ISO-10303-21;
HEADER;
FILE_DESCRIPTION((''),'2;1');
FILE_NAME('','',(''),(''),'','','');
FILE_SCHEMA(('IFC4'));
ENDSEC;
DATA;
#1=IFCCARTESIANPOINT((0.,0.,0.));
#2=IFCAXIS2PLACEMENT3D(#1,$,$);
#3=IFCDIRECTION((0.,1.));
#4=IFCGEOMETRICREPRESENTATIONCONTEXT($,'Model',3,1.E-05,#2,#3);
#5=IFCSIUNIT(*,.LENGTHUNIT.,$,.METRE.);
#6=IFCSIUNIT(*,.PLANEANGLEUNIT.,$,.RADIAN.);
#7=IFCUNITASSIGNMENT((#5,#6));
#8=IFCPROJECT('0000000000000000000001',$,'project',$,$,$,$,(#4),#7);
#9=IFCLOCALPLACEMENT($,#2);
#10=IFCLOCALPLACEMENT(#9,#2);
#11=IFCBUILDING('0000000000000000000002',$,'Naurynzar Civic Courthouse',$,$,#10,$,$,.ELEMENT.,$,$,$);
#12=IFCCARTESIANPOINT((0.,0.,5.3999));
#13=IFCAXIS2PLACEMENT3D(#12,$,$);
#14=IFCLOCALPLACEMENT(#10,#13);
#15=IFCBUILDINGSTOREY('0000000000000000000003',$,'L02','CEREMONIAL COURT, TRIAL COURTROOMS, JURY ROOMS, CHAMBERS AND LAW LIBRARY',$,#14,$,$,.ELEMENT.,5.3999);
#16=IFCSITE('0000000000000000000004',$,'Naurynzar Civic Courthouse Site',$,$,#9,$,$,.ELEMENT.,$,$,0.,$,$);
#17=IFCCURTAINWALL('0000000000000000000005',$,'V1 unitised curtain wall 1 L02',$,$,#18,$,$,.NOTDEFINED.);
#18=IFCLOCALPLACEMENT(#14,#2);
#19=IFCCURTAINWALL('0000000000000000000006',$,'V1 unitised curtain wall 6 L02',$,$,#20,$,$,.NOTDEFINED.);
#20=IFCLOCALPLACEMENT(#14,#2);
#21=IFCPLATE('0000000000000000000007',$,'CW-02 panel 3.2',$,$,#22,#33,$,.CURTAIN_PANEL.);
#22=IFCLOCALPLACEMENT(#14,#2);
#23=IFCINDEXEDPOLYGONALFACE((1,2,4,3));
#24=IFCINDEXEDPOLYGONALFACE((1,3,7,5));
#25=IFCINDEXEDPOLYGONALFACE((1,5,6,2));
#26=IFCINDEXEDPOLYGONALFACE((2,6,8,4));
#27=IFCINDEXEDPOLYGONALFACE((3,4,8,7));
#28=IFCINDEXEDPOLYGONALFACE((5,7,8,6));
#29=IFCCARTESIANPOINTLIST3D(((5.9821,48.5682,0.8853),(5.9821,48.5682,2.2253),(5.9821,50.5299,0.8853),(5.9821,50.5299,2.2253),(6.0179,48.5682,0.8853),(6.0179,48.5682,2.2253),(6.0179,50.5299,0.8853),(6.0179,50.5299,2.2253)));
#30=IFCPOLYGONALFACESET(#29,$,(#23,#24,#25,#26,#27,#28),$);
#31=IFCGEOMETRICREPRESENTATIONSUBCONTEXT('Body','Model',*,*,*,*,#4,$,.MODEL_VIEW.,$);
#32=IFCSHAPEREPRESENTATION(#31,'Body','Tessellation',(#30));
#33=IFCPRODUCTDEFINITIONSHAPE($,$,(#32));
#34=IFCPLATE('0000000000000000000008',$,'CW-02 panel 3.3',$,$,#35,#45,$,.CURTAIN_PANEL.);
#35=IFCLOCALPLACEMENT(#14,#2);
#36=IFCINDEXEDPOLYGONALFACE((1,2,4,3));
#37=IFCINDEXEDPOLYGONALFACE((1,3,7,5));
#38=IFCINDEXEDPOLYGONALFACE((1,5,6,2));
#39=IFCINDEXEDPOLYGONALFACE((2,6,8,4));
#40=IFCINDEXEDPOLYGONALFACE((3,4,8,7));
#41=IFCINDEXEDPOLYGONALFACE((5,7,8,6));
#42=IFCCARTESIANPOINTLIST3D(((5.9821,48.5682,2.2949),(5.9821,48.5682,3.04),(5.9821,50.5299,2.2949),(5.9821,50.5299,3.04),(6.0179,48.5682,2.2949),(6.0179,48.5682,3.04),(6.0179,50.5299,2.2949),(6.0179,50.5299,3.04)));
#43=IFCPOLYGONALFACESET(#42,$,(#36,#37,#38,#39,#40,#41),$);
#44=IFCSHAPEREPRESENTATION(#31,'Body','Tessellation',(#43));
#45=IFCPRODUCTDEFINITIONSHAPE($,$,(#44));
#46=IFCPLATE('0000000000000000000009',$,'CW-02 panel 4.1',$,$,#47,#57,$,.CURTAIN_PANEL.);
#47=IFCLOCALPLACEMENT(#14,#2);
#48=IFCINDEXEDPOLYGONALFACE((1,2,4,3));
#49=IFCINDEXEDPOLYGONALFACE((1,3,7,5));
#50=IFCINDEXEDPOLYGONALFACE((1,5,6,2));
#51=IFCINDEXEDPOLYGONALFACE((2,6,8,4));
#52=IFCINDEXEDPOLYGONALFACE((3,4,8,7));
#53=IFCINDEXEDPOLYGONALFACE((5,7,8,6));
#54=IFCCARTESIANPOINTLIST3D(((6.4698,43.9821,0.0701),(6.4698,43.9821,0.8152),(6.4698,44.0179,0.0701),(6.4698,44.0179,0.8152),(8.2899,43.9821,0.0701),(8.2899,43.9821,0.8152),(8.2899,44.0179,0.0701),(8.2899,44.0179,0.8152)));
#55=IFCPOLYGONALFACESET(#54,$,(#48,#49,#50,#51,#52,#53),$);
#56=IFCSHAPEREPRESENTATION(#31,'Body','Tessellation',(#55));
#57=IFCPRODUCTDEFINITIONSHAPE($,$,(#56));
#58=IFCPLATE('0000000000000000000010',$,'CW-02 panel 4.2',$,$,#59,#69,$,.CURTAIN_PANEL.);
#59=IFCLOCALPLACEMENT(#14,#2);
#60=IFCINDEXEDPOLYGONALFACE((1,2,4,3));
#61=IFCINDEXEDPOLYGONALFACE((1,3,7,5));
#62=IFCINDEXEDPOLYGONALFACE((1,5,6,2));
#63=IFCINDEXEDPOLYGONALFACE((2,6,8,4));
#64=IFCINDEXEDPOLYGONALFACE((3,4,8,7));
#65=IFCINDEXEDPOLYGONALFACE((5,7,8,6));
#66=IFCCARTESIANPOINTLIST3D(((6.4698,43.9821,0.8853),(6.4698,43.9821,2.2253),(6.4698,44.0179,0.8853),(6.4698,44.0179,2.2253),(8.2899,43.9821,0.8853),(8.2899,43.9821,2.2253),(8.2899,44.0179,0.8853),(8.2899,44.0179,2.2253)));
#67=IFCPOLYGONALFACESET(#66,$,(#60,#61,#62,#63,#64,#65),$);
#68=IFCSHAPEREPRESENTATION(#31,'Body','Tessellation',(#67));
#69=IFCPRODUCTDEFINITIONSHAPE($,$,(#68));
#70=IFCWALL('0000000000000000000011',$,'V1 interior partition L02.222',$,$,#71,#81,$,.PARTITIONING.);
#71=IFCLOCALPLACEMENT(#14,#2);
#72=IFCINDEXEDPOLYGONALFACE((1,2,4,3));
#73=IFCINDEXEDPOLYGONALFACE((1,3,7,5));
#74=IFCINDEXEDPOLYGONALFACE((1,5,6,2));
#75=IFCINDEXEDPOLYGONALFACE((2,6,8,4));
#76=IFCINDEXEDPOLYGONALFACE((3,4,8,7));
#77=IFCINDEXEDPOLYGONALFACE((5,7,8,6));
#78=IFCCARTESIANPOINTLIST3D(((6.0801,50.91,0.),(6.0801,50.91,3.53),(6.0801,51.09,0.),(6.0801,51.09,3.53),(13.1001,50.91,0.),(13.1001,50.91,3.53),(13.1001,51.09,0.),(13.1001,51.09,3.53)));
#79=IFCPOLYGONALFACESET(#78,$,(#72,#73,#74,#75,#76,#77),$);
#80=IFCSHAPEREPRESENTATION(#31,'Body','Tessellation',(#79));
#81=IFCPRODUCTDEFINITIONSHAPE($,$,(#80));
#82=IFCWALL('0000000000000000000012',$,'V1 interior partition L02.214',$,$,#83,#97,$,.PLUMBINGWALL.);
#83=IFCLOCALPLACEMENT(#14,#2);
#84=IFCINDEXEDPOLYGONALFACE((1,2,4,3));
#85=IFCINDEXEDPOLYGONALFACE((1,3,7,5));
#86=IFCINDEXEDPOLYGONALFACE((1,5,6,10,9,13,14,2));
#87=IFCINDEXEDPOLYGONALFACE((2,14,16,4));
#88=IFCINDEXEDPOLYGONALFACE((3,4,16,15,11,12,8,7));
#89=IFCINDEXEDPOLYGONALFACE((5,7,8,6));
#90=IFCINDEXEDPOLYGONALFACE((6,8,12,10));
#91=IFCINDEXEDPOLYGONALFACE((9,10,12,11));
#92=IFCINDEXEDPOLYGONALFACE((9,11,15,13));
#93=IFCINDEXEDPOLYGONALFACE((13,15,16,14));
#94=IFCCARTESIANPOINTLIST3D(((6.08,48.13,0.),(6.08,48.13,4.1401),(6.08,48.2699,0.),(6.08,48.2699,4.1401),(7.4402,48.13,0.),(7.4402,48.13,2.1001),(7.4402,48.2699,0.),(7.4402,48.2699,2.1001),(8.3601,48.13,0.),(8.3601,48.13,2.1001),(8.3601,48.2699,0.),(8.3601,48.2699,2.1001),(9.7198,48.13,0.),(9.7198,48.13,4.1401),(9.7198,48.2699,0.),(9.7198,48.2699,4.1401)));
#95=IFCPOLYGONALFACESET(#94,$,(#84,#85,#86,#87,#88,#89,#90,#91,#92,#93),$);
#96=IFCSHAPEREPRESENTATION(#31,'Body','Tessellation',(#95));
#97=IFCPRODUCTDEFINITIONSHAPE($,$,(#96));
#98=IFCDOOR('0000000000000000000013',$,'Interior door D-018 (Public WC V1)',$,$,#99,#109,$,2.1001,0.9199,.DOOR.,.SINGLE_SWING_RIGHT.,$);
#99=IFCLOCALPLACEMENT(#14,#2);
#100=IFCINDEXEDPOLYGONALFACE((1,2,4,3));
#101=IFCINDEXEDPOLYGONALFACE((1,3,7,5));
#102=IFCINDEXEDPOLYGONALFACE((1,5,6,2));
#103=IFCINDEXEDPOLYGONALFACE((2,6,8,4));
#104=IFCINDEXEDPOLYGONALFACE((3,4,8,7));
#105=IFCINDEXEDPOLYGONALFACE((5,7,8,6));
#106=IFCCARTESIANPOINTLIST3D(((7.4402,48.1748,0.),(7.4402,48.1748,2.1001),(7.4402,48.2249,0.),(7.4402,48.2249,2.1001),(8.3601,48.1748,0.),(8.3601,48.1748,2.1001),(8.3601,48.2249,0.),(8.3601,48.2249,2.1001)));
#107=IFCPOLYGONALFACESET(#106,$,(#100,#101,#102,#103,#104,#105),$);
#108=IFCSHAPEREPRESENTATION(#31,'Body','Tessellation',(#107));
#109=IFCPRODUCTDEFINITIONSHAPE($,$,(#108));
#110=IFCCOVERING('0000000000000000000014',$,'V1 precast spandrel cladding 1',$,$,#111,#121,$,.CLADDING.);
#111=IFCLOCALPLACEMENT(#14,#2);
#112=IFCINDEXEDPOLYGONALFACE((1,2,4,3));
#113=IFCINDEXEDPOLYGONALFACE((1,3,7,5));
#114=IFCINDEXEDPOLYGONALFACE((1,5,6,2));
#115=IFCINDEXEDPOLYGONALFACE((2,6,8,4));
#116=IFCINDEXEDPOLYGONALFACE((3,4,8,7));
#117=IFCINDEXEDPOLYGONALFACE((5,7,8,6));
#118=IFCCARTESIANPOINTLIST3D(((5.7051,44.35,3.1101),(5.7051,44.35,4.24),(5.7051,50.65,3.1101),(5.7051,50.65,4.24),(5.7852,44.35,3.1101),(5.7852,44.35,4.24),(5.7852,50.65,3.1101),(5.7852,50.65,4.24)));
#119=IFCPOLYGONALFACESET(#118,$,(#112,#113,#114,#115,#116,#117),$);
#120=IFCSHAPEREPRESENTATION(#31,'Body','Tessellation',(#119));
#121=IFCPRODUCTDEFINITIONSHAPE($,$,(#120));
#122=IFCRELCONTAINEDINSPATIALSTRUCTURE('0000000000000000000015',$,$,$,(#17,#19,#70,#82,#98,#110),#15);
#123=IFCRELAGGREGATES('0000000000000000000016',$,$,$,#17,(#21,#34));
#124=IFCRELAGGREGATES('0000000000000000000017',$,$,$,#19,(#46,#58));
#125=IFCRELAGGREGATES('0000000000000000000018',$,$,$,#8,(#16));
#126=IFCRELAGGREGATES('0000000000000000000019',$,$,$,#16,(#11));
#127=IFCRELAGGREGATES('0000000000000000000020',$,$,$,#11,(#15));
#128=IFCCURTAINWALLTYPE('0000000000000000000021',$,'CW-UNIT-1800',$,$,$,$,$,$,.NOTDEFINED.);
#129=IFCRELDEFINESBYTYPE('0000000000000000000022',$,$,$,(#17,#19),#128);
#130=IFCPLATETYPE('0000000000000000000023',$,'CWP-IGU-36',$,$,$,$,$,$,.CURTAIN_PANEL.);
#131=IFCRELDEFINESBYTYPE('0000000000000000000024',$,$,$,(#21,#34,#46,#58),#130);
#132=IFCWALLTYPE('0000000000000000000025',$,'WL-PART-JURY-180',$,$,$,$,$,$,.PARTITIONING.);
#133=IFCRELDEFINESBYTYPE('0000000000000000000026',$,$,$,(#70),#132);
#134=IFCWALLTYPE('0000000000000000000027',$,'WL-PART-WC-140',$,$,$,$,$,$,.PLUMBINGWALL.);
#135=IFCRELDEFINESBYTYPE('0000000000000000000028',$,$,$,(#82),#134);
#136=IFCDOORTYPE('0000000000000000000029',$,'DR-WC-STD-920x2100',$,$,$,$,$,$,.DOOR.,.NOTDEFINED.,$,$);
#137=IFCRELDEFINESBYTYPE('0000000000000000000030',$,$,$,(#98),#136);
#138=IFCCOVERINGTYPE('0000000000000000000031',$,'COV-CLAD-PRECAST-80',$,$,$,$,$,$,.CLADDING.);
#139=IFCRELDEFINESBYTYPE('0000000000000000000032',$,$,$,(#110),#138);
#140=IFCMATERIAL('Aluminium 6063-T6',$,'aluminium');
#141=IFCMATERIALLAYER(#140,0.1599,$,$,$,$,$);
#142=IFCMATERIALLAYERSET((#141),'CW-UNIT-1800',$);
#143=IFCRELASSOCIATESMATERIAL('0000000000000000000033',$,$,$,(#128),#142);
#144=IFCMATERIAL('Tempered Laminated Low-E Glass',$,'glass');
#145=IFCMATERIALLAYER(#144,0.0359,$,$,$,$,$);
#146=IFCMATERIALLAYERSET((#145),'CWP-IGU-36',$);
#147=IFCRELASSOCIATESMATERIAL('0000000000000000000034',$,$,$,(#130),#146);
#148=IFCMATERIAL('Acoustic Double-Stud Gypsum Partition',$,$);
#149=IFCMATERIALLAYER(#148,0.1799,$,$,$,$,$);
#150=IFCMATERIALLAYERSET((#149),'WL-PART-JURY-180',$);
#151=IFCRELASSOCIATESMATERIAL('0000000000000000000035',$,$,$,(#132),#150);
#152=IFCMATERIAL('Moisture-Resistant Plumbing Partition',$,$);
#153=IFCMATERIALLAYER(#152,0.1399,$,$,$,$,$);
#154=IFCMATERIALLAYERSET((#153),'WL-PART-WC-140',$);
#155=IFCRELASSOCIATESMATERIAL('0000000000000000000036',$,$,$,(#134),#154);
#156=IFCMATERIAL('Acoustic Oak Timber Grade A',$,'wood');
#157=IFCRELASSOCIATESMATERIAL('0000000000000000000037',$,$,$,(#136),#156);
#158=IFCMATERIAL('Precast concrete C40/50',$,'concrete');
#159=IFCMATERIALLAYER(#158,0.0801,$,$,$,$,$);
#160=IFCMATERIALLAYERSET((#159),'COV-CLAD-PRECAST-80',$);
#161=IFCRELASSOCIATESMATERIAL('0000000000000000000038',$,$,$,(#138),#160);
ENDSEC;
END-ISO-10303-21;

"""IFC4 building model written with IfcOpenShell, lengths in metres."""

from ifc_helpers import new_model, si_unit, direction, frame, frame_2d, origin, origin_2d, place, context, subcontext, project, spatial, rectangle, extrude, material, layer, layer_set, type_object, element, fill, aggregate, save


model = new_model("IFC4")

# Units and contexts
model_context = context("Model", 3, precision=1e-05, world=origin(), true_north=direction((0.0, 1.0)))
body_context = subcontext(model_context, "Body", "Model", "MODEL_VIEW")
ifc_project = project(units=[si_unit("LENGTHUNIT", "METRE"), si_unit("PLANEANGLEUNIT", "RADIAN")], contexts=[model_context])

# Site, building, storey
site_placement = place(None, origin())
site = spatial("IfcSite", under=ifc_project, at=site_placement, Name="Naurynzar Civic Courthouse Site", CompositionType="ELEMENT", RefElevation=0.0)
building_placement = place(site_placement, origin())
building = spatial("IfcBuilding", under=site, at=building_placement, Name="Naurynzar Civic Courthouse", CompositionType="ELEMENT")
storey_placement = place(building_placement, frame((0.0, 0.0, 5.3999)))
storey = spatial("IfcBuildingStorey", under=building, at=storey_placement, Name="L02", Description="CEREMONIAL COURT, TRIAL COURTROOMS, JURY ROOMS, CHAMBERS AND LAW LIBRARY", CompositionType="ELEMENT", Elevation=5.3999)

# Curtain wall
ifc_material_1 = material(Name="Aluminium 6063-T6", Category="aluminium")
ifc_layer_1 = layer(ifc_material_1, 0.1599)
ifc_layer_set_1 = layer_set([ifc_layer_1], Name="CW-UNIT-1800")
curtain_wall_type = type_object("IfcCurtainWallType", Name="CW-UNIT-1800", PredefinedType="NOTDEFINED", material=ifc_layer_set_1)
curtain_wall_1_placement = place(storey_placement, origin())
curtain_wall_1 = element("IfcCurtainWall", 1, at=curtain_wall_1_placement, inside=storey, type_object=curtain_wall_type, Name="V1 unitised curtain wall 1 L02", PredefinedType="NOTDEFINED")

# Curtain wall
curtain_wall_2_placement = place(storey_placement, origin())
curtain_wall_2 = element("IfcCurtainWall", 2, at=curtain_wall_2_placement, inside=storey, type_object=curtain_wall_type, Name="V1 unitised curtain wall 6 L02", PredefinedType="NOTDEFINED")

# Plates
ifc_material_2 = material(Name="Tempered Laminated Low-E Glass", Category="glass")
ifc_layer_2 = layer(ifc_material_2, 0.0359)
ifc_layer_set_2 = layer_set([ifc_layer_2], Name="CWP-IGU-36")
plate_type = type_object("IfcPlateType", Name="CWP-IGU-36", PredefinedType="CURTAIN_PANEL", material=ifc_layer_set_2)
plate_1_placement = place(storey_placement, frame((6.0, 49.5491, 0.8853), z_axis=(0.0, 0.0, 1.0), x_axis=(0.0, 1.0, 0.0)))
plate_1 = element("IfcPlate", 3, at=plate_1_placement, type_object=plate_type, Name="CW-02 panel 3.2", PredefinedType="CURTAIN_PANEL", context=body_context, shape_type="SweptSolid", body=[
    extrude(rectangle(XDim=1.9617, YDim=0.0359, at=origin_2d()), origin(), (0.0, 0.0, 1.0), 1.3401),
])
plate_2_placement = place(storey_placement, frame((6.0, 49.5491, 2.2949), z_axis=(0.0, 0.0, 1.0), x_axis=(0.0, 1.0, 0.0)))
plate_2 = element("IfcPlate", 4, at=plate_2_placement, type_object=plate_type, Name="CW-02 panel 3.3", PredefinedType="CURTAIN_PANEL", context=body_context, shape_type="SweptSolid", body=[
    extrude(rectangle(XDim=1.9617, YDim=0.0359, at=origin_2d()), origin(), (0.0, 0.0, 1.0), 0.7451),
])
aggregate(curtain_wall_1, [plate_1, plate_2])
plate_3_placement = place(storey_placement, frame((7.3799, 44.0, 0.0701), z_axis=(0.0, 0.0, 1.0), x_axis=(-1.0, 0.0, 0.0)))
plate_3 = element("IfcPlate", 5, at=plate_3_placement, type_object=plate_type, Name="CW-02 panel 4.1", PredefinedType="CURTAIN_PANEL", context=body_context, shape_type="SweptSolid", body=[
    extrude(rectangle(XDim=1.8201, YDim=0.0359, at=origin_2d()), origin(), (0.0, 0.0, 1.0), 0.7451),
])
plate_4_placement = place(storey_placement, frame((7.3799, 44.0, 0.8853), z_axis=(0.0, 0.0, 1.0), x_axis=(-1.0, 0.0, 0.0)))
plate_4 = element("IfcPlate", 6, at=plate_4_placement, type_object=plate_type, Name="CW-02 panel 4.2", PredefinedType="CURTAIN_PANEL", context=body_context, shape_type="SweptSolid", body=[
    extrude(rectangle(XDim=1.8201, YDim=0.0359, at=origin_2d()), origin(), (0.0, 0.0, 1.0), 1.3401),
])
aggregate(curtain_wall_2, [plate_3, plate_4])

# Wall
ifc_material_3 = material(Name="Acoustic Double-Stud Gypsum Partition")
ifc_layer_3 = layer(ifc_material_3, 0.1799)
ifc_layer_set_3 = layer_set([ifc_layer_3], Name="WL-PART-JURY-180")
wall_type_1 = type_object("IfcWallType", Name="WL-PART-JURY-180", PredefinedType="PARTITIONING", material=ifc_layer_set_3)
wall_1_placement = place(storey_placement, frame((6.0801, 51.0, 0.0), z_axis=(0.0, 0.0, 1.0), x_axis=(1.0, 0.0, 0.0)))
element("IfcWall", 7, at=wall_1_placement, inside=storey, type_object=wall_type_1, Name="V1 interior partition L02.222", PredefinedType="PARTITIONING", context=body_context, shape_type="SweptSolid", body=[
    extrude(rectangle(XDim=7.02, YDim=0.1799, at=frame_2d((3.51, 0.0))), origin(), (0.0, 0.0, 1.0), 3.53),
])

# Wall, opening, door
ifc_material_4 = material(Name="Moisture-Resistant Plumbing Partition")
ifc_layer_4 = layer(ifc_material_4, 0.1399)
ifc_layer_set_4 = layer_set([ifc_layer_4], Name="WL-PART-WC-140")
wall_type_2 = type_object("IfcWallType", Name="WL-PART-WC-140", PredefinedType="PLUMBINGWALL", material=ifc_layer_set_4)
wall_2_placement = place(storey_placement, frame((6.0801, 48.2, 0.0), z_axis=(0.0, 0.0, 1.0), x_axis=(1.0, 0.0, 0.0)))
wall_2 = element("IfcWall", 8, at=wall_2_placement, inside=storey, type_object=wall_type_2, Name="V1 interior partition L02.214", PredefinedType="PLUMBINGWALL", context=body_context, shape_type="SweptSolid", body=[
    extrude(rectangle(XDim=3.6399, YDim=0.1399, at=frame_2d((1.8198, 0.0))), origin(), (0.0, 0.0, 1.0), 4.1401),
])
opening_placement = place(wall_2_placement, frame((1.3601, 0.0, 0.0)))
opening = element("IfcOpeningElement", 9, at=opening_placement, cuts=wall_2, PredefinedType="OPENING", context=body_context, shape_type="SweptSolid", body=[
    extrude(rectangle(XDim=0.9199, YDim=2.1001, at=frame_2d((0.46, 1.05))), frame((0.0, 0.0798, 0.0), z_axis=(0.0, -1.0, 0.0), x_axis=(1.0, 0.0, 0.0)), (0.0, 0.0, 1.0), 0.1599),
])
ifc_material_5 = material(Name="Acoustic Oak Timber Grade A", Category="wood")
door_type = type_object("IfcDoorType", Name="DR-WC-STD-920x2100", OperationType="NOTDEFINED", PredefinedType="DOOR", material=ifc_material_5)
door_placement = place(opening_placement, origin())
door = element("IfcDoor", 10, at=door_placement, inside=storey, type_object=door_type, Name="Interior door D-018 (Public WC V1)", OperationType="SINGLE_SWING_RIGHT", OverallHeight=2.1001, OverallWidth=0.9199, PredefinedType="DOOR", context=body_context, shape_type="SweptSolid", body=[
    extrude(rectangle(XDim=0.9199, YDim=2.1001, at=frame_2d((0.46, 1.05))), frame((0.0, 0.0249, 0.0), z_axis=(0.0, -1.0, 0.0), x_axis=(1.0, 0.0, 0.0)), (0.0, 0.0, 1.0), 0.05),
])
fill(opening, door)

# Covering
ifc_material_6 = material(Name="Precast concrete C40/50", Category="concrete")
ifc_layer_5 = layer(ifc_material_6, 0.0801)
ifc_layer_set_5 = layer_set([ifc_layer_5], Name="COV-CLAD-PRECAST-80")
covering_type = type_object("IfcCoveringType", Name="COV-CLAD-PRECAST-80", PredefinedType="CLADDING", material=ifc_layer_set_5)
covering_placement = place(storey_placement, frame((5.7451, 47.5, 3.1101), z_axis=(0.0, 0.0, 1.0), x_axis=(0.0, 1.0, 0.0)))
element("IfcCovering", 11, at=covering_placement, inside=storey, type_object=covering_type, Name="V1 precast spandrel cladding 1", PredefinedType="CLADDING", context=body_context, shape_type="SweptSolid", body=[
    extrude(rectangle(XDim=6.3, YDim=0.0801, at=origin_2d()), origin(), (0.0, 0.0, 1.0), 1.1299),
])

save(model, "model.ifc")
